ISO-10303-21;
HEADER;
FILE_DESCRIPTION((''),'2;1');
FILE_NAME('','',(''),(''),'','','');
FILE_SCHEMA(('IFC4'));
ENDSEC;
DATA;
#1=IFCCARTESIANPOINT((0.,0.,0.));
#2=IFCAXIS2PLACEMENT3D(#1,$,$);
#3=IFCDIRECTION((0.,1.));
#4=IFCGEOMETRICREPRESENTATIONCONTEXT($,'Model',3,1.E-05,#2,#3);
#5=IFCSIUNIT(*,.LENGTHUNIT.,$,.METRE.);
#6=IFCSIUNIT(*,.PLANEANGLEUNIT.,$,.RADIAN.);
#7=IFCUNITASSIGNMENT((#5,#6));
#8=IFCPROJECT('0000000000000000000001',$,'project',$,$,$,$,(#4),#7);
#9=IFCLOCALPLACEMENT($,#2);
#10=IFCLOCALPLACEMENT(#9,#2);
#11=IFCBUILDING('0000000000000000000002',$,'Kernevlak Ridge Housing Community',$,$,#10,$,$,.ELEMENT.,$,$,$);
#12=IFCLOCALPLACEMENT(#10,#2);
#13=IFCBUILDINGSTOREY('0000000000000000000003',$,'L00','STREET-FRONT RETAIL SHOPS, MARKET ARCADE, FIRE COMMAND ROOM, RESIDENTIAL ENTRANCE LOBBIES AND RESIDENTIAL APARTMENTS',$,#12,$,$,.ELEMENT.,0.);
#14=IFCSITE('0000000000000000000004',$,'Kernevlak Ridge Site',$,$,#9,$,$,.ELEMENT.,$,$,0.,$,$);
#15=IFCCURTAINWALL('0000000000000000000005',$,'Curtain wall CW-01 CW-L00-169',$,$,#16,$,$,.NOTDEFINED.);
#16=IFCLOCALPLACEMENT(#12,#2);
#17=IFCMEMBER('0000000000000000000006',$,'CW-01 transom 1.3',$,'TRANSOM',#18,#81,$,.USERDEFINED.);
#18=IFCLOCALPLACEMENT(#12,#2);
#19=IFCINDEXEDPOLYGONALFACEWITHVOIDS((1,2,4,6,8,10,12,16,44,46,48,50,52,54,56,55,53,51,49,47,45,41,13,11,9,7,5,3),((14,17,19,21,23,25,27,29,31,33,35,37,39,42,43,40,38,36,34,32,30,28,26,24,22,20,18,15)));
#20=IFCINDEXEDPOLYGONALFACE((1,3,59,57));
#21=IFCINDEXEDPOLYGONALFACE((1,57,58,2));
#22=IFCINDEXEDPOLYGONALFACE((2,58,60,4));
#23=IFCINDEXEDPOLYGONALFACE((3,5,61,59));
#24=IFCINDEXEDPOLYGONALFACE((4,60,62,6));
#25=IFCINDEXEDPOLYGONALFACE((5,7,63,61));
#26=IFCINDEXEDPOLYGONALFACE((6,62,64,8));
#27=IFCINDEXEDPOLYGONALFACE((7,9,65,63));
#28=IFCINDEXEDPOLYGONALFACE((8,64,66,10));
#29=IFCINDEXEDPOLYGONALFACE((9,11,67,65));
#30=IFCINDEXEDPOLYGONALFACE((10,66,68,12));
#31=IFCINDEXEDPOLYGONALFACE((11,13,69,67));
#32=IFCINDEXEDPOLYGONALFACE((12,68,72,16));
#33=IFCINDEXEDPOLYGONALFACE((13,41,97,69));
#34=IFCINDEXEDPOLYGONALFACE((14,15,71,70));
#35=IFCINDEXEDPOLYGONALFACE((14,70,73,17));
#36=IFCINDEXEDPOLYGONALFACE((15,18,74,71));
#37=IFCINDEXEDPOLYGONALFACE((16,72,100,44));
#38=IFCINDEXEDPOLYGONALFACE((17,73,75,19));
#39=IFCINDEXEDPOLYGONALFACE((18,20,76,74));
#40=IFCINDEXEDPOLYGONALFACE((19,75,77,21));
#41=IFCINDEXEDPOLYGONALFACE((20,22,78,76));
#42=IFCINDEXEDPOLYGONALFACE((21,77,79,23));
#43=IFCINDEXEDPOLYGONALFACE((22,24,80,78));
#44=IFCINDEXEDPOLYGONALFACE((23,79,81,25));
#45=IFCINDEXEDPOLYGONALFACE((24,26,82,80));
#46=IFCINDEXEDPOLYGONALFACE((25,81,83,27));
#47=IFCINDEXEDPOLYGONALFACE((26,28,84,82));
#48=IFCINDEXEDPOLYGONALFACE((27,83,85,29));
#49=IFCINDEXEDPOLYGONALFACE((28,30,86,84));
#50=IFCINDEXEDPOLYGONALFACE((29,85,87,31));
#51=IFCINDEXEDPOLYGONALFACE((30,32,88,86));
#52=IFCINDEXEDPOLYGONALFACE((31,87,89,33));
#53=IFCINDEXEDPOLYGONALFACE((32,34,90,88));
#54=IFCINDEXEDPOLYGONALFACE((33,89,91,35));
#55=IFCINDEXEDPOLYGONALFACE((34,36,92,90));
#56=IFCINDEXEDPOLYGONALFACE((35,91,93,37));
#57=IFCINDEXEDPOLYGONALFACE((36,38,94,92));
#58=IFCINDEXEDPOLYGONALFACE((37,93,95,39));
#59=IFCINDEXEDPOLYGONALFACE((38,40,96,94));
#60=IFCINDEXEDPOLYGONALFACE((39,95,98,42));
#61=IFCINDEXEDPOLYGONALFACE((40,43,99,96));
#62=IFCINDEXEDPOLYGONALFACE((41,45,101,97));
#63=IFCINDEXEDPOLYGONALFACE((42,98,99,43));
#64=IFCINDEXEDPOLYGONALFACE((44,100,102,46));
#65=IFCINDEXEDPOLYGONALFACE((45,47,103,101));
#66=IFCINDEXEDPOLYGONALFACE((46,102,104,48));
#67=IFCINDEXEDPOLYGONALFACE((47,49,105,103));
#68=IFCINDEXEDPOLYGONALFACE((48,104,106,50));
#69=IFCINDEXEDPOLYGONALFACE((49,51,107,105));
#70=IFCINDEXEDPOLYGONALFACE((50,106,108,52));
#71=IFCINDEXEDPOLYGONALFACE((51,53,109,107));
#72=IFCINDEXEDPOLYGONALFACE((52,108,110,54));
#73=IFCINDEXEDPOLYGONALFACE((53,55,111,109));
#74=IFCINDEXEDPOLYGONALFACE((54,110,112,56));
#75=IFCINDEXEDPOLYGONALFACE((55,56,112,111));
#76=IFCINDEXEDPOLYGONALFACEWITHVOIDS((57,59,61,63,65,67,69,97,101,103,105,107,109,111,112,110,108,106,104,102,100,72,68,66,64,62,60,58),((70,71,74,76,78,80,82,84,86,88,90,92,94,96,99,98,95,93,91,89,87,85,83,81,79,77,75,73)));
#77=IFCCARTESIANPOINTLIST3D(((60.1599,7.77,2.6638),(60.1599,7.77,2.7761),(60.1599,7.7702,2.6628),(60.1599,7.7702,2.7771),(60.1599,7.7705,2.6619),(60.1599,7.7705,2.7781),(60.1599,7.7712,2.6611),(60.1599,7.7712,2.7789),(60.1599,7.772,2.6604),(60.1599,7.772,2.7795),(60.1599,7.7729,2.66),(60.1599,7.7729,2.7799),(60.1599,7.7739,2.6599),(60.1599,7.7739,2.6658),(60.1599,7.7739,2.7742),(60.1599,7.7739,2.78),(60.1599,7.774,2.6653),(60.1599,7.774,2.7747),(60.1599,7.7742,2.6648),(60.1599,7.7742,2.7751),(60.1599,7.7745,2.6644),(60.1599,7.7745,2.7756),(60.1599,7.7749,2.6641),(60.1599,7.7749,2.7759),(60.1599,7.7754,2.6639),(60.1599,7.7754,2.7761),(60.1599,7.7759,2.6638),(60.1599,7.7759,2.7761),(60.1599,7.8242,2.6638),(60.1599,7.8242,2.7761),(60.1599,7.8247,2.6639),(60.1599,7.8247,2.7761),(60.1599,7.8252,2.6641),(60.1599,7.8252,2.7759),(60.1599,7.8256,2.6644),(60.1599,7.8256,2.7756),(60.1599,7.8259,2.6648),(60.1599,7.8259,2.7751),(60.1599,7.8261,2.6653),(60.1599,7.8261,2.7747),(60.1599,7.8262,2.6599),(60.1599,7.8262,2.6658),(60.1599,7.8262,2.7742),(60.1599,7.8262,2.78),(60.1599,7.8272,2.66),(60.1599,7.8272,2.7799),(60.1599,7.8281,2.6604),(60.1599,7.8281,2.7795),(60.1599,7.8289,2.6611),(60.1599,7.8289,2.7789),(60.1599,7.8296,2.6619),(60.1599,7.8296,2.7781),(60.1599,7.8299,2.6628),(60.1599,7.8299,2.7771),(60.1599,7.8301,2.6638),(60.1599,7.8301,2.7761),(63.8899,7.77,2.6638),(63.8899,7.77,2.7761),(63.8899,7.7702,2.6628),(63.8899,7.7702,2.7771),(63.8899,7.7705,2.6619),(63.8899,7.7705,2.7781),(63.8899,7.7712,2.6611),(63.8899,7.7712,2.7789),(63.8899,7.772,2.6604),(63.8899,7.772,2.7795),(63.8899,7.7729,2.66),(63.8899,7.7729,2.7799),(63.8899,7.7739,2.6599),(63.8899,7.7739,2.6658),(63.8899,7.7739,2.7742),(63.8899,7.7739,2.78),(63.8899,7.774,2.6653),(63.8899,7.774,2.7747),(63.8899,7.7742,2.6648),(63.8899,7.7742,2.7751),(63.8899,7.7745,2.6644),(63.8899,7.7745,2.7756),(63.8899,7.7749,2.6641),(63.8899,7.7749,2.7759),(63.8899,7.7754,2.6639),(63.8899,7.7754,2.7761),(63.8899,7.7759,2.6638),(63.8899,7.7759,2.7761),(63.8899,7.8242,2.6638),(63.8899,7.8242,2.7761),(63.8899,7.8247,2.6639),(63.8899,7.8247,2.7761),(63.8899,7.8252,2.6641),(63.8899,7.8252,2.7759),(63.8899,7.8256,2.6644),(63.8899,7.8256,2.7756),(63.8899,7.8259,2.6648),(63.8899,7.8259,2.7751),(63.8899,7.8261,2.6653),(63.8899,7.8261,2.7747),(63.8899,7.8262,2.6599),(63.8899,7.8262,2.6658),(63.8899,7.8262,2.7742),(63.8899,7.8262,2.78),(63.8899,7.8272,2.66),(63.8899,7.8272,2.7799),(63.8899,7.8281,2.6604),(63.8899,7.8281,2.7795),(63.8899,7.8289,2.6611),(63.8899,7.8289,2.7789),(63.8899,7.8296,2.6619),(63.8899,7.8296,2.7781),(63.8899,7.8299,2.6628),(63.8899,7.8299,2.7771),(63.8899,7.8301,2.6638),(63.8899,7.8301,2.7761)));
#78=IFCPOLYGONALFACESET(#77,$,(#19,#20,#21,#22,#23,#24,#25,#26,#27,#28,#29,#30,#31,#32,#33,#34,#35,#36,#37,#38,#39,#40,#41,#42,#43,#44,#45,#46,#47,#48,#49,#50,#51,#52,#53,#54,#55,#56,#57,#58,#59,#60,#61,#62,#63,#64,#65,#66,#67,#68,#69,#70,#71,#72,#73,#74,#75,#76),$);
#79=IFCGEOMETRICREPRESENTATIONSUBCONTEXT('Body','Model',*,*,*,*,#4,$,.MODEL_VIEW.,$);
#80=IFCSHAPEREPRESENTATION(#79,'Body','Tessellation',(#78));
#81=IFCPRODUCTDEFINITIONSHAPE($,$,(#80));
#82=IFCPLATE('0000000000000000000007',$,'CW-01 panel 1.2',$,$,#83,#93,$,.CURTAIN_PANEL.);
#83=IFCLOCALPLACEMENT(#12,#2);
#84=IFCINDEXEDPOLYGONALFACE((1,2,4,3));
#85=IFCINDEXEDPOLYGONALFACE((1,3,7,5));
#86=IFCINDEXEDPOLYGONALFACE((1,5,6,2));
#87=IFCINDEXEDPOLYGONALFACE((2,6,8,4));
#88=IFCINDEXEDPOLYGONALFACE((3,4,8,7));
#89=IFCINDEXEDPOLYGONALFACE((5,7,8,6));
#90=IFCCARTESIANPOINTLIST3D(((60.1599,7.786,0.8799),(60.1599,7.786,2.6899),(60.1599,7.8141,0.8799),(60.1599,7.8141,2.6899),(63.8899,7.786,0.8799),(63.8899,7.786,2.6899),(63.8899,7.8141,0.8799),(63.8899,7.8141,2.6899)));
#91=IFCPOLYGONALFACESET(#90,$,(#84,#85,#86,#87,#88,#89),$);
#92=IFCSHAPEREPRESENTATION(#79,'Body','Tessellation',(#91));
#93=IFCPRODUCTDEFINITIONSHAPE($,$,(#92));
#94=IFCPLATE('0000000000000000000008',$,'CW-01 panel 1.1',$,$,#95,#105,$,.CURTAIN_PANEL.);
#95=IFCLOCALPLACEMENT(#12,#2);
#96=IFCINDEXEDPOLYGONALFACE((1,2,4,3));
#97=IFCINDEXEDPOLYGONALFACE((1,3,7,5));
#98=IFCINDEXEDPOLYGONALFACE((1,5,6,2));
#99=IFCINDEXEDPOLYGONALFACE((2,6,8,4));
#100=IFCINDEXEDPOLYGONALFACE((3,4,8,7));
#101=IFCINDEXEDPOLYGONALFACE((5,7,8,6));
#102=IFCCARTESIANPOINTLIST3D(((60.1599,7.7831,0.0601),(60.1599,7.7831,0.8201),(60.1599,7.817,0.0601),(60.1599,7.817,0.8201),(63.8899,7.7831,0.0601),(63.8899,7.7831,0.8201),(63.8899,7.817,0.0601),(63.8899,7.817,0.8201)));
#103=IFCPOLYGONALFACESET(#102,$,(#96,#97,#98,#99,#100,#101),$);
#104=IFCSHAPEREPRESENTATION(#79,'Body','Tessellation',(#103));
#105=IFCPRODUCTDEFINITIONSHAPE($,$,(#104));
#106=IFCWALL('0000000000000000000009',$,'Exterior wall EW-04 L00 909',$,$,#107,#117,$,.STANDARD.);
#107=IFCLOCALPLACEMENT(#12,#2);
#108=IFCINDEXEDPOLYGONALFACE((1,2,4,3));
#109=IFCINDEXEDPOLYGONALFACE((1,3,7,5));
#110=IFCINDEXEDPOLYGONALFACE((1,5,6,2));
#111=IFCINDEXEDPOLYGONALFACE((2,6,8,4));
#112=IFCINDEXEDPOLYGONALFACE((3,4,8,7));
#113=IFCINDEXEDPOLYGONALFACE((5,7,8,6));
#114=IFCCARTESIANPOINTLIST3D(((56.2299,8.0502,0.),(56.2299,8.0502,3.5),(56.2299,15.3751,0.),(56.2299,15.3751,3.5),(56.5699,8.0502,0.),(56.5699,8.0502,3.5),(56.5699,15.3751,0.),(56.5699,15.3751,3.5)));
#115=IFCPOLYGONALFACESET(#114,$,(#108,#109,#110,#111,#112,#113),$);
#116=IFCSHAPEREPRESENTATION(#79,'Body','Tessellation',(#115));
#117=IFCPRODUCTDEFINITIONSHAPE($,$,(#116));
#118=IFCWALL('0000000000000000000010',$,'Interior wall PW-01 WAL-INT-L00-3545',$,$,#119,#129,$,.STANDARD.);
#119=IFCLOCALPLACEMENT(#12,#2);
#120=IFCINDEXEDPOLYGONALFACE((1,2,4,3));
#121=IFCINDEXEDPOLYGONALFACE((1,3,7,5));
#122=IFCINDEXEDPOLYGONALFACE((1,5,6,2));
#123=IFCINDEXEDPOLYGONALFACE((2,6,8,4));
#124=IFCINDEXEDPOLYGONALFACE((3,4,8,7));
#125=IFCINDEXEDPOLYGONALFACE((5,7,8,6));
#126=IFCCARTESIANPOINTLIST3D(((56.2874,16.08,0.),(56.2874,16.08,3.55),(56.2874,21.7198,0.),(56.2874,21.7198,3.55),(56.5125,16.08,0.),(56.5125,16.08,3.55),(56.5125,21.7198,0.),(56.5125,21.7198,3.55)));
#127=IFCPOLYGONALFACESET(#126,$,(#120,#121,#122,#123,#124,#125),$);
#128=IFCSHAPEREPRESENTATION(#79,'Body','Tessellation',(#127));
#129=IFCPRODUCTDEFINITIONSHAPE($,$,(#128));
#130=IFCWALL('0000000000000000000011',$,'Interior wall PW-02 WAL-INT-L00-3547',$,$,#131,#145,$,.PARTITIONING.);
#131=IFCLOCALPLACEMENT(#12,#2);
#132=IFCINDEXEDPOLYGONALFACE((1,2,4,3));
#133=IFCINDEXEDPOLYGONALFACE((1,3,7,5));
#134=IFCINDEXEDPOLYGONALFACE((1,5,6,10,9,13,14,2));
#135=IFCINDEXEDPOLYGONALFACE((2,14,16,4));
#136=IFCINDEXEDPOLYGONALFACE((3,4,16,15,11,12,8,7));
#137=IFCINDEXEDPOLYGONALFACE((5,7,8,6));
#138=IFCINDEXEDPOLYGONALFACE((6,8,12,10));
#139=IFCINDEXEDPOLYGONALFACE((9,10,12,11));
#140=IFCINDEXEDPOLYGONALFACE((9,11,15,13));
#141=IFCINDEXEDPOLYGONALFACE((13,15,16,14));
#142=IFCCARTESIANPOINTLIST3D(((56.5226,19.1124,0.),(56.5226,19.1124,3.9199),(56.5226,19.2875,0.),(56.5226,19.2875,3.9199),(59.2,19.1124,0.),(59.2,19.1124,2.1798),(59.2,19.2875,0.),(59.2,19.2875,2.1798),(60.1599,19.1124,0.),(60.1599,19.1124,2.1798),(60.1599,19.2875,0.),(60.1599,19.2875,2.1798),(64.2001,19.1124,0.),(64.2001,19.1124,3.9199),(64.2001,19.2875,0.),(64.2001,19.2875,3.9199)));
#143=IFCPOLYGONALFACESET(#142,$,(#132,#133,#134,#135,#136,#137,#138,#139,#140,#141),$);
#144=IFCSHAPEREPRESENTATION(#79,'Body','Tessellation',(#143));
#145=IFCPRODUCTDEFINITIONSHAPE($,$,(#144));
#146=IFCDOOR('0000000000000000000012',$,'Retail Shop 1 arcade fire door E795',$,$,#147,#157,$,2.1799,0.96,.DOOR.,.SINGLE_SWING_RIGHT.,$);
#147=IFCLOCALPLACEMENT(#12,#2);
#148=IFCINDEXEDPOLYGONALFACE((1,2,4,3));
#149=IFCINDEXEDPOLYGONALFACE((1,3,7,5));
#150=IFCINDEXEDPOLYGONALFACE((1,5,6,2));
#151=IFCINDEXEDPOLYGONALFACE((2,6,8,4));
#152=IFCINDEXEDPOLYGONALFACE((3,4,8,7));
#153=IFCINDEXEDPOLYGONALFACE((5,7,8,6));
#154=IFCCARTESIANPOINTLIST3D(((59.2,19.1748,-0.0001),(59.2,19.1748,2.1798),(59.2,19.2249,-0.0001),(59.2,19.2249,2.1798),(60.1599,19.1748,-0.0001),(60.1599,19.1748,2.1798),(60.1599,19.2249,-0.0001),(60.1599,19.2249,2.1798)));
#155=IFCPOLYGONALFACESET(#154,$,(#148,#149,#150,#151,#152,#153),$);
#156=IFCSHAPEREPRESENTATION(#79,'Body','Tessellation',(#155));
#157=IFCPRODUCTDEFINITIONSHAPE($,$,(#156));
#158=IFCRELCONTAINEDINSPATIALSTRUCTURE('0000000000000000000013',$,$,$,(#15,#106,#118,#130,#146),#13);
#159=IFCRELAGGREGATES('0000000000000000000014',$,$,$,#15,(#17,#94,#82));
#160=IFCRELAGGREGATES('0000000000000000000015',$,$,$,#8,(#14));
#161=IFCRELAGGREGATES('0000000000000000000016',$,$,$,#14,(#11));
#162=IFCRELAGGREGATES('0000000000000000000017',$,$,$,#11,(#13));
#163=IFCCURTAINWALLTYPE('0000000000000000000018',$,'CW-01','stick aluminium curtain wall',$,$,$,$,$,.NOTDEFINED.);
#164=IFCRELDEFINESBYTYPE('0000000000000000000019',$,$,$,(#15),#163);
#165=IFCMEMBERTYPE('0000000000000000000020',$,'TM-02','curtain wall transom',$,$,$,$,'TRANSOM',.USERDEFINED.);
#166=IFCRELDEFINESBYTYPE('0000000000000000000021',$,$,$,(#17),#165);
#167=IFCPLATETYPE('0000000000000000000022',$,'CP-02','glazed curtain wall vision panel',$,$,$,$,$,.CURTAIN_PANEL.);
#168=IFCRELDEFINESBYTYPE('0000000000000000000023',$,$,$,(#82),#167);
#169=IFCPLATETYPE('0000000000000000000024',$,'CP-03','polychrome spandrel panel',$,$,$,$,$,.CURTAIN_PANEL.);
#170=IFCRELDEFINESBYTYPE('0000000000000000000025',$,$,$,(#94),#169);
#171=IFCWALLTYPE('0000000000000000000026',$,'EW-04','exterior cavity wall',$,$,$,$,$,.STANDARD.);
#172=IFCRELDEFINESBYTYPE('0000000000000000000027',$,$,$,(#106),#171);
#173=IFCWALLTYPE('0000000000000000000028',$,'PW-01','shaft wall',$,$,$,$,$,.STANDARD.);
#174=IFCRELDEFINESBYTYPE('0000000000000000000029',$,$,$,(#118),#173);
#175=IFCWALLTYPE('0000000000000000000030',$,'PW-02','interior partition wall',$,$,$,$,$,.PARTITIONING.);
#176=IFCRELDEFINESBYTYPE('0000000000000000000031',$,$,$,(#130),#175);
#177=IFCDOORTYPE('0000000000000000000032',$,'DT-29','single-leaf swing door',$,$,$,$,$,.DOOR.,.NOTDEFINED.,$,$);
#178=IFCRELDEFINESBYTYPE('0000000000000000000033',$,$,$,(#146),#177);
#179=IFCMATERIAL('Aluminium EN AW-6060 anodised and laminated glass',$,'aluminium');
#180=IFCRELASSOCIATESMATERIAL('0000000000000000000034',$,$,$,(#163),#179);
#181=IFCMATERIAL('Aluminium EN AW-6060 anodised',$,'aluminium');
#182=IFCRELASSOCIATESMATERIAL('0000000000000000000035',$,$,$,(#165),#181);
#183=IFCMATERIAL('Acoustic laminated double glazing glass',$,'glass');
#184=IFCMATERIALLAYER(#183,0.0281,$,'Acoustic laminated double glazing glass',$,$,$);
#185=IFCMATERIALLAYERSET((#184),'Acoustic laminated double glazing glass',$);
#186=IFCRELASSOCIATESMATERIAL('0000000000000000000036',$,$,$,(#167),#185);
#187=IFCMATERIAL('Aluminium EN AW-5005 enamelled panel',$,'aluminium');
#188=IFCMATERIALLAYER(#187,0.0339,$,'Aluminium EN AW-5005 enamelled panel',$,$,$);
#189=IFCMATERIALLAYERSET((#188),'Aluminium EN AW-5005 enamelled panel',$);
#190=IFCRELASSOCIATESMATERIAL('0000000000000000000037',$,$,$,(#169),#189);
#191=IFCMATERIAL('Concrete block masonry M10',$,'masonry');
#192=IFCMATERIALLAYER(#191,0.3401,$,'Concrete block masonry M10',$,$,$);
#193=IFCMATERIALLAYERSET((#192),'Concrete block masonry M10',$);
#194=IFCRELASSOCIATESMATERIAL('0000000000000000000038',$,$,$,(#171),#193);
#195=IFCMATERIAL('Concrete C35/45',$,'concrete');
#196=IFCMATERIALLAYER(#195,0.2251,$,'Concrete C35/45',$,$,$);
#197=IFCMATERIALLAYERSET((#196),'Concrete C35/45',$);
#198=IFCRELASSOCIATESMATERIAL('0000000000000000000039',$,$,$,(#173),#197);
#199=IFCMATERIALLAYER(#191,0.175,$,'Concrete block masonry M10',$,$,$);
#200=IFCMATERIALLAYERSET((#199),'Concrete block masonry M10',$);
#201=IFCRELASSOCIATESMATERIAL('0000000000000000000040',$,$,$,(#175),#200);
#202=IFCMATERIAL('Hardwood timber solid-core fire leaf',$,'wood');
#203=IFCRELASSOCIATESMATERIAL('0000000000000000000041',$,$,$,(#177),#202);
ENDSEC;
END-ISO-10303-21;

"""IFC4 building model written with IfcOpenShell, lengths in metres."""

from ifc_helpers import new_model, si_unit, direction, frame, frame_2d, origin, origin_2d, place, context, subcontext, project, spatial, rectangle, hollow_rectangle, extrude, material, layer, layer_set, material_profile, profile_set, type_object, element, fill, aggregate, save


model = new_model("IFC4")

# Units and contexts
model_context = context("Model", 3, precision=1e-05, world=origin(), true_north=direction((0.0, 1.0)))
body_context = subcontext(model_context, "Body", "Model", "MODEL_VIEW")
ifc_project = project(units=[si_unit("LENGTHUNIT", "METRE"), si_unit("PLANEANGLEUNIT", "RADIAN")], contexts=[model_context])

# Site, building, storey
site_placement = place(None, origin())
site = spatial("IfcSite", under=ifc_project, at=site_placement, Name="Kernevlak Ridge Site", CompositionType="ELEMENT", RefElevation=0.0)
building_placement = place(site_placement, origin())
building = spatial("IfcBuilding", under=site, at=building_placement, Name="Kernevlak Ridge Housing Community", CompositionType="ELEMENT")
storey_placement = place(building_placement, origin())
storey = spatial("IfcBuildingStorey", under=building, at=storey_placement, Name="L00", Description="STREET-FRONT RETAIL SHOPS, MARKET ARCADE, FIRE COMMAND ROOM, RESIDENTIAL ENTRANCE LOBBIES AND RESIDENTIAL APARTMENTS", CompositionType="ELEMENT", Elevation=0.0)

# Shared definitions
ifc_material_1 = material(Name="Concrete C35/45", Category="concrete")

# Curtain wall
ifc_material_2 = material(Name="Aluminium EN AW-6060 anodised and laminated glass", Category="aluminium")
curtain_wall_type = type_object("IfcCurtainWallType", Name="CW-01", Description="stick aluminium curtain wall", PredefinedType="NOTDEFINED", material=ifc_material_2)
curtain_wall_placement = place(storey_placement, origin())
curtain_wall = element("IfcCurtainWall", 1, at=curtain_wall_placement, inside=storey, type_object=curtain_wall_type, Name="Curtain wall CW-01 CW-L00-169", PredefinedType="NOTDEFINED")
ifc_material_3 = material(Name="Aluminium EN AW-6060 anodised", Category="aluminium")

# Member
ifc_material_profile_1 = material_profile(ifc_material_3, hollow_rectangle(XDim=0.0601, YDim=0.1201, WallThickness=0.0039, InnerFilletRadius=0.002, OuterFilletRadius=0.0039, at=origin_2d()), Name="ALU 60x120x4")
ifc_profile_set_1 = profile_set([ifc_material_profile_1], Name="Aluminium EN AW-6060 anodised")
member_type_1 = type_object("IfcMemberType", Name="TM-02", Description="curtain wall transom", ElementType="TRANSOM", PredefinedType="USERDEFINED", material=ifc_profile_set_1)
member_1_placement = place(storey_placement, frame((60.1599, 7.8, 2.72), z_axis=(1.0, 0.0, 0.0), x_axis=(0.0, 1.0, 0.0)))
member_1 = element("IfcMember", 2, at=member_1_placement, type_object=member_type_1, Name="CW-01 transom 1.3", ObjectType="TRANSOM", PredefinedType="USERDEFINED", context=body_context, shape_type="SweptSolid", body=[
    extrude(hollow_rectangle(XDim=0.0601, YDim=0.1201, WallThickness=0.0039, InnerFilletRadius=0.002, OuterFilletRadius=0.0039, at=origin_2d()), origin(), (0.0, 0.0, 1.0), 3.73),
])

# Plates
ifc_material_4 = material(Name="Acoustic laminated double glazing glass", Category="glass")
ifc_layer_1 = layer(ifc_material_4, 0.0281, Name="Acoustic laminated double glazing glass")
ifc_layer_set_1 = layer_set([ifc_layer_1], Name="Acoustic laminated double glazing glass")
plate_type_1 = type_object("IfcPlateType", Name="CP-02", Description="glazed curtain wall vision panel", PredefinedType="CURTAIN_PANEL", material=ifc_layer_set_1)
plate_1_placement = place(storey_placement, frame((62.0249, 7.8, 0.8799), z_axis=(0.0, 0.0, 1.0), x_axis=(1.0, 0.0, 0.0)))
plate_1 = element("IfcPlate", 3, at=plate_1_placement, type_object=plate_type_1, Name="CW-01 panel 1.2", PredefinedType="CURTAIN_PANEL", context=body_context, shape_type="SweptSolid", body=[
    extrude(rectangle(XDim=3.73, YDim=0.0281, at=origin_2d()), origin(), (0.0, 0.0, 1.0), 1.8101),
])
ifc_material_5 = material(Name="Aluminium EN AW-5005 enamelled panel", Category="aluminium")
ifc_layer_2 = layer(ifc_material_5, 0.0339, Name="Aluminium EN AW-5005 enamelled panel")
ifc_layer_set_2 = layer_set([ifc_layer_2], Name="Aluminium EN AW-5005 enamelled panel")
plate_type_2 = type_object("IfcPlateType", Name="CP-03", Description="polychrome spandrel panel", PredefinedType="CURTAIN_PANEL", material=ifc_layer_set_2)
plate_2_placement = place(storey_placement, frame((62.0249, 7.8, 0.0601), z_axis=(0.0, 0.0, 1.0), x_axis=(1.0, 0.0, 0.0)))
plate_2 = element("IfcPlate", 4, at=plate_2_placement, type_object=plate_type_2, Name="CW-01 panel 1.1", PredefinedType="CURTAIN_PANEL", context=body_context, shape_type="SweptSolid", body=[
    extrude(rectangle(XDim=3.73, YDim=0.0339, at=origin_2d()), origin(), (0.0, 0.0, 1.0), 0.76),
])
aggregate(curtain_wall, [member_1, plate_2, plate_1])

# Shared definitions
ifc_material_6 = material(Name="Concrete block masonry M10", Category="masonry")
ifc_layer_3 = layer(ifc_material_6, 0.3401, Name="Concrete block masonry M10")
ifc_layer_set_3 = layer_set([ifc_layer_3], Name="Concrete block masonry M10")
wall_type_1 = type_object("IfcWallType", Name="EW-04", Description="exterior cavity wall", PredefinedType="STANDARD", material=ifc_layer_set_3)

# Walls
wall_1_placement = place(storey_placement, frame((56.3999, 8.05, 0.0), z_axis=(0.0, 0.0, 1.0), x_axis=(0.0, 1.0, 0.0)))
element("IfcWall", 5, at=wall_1_placement, inside=storey, type_object=wall_type_1, Name="Exterior wall EW-04 L00 909", PredefinedType="STANDARD", context=body_context, shape_type="SweptSolid", body=[
    extrude(rectangle(XDim=7.325, YDim=0.3401, at=frame_2d((3.6626, 0.0))), origin(), (0.0, 0.0, 1.0), 3.5),
])
ifc_layer_4 = layer(ifc_material_1, 0.2251, Name="Concrete C35/45")
ifc_layer_set_4 = layer_set([ifc_layer_4], Name="Concrete C35/45")
wall_type_2 = type_object("IfcWallType", Name="PW-01", Description="shaft wall", PredefinedType="STANDARD", material=ifc_layer_set_4)
wall_2_placement = place(storey_placement, frame((56.3999, 16.0801, 0.0), z_axis=(0.0, 0.0, 1.0), x_axis=(0.0, 1.0, 0.0)))
element("IfcWall", 6, at=wall_2_placement, inside=storey, type_object=wall_type_2, Name="Interior wall PW-01 WAL-INT-L00-3545", PredefinedType="STANDARD", context=body_context, shape_type="SweptSolid", body=[
    extrude(rectangle(XDim=5.6399, YDim=0.2251, at=frame_2d((2.8198, 0.0))), origin(), (0.0, 0.0, 1.0), 3.55),
])

# Wall, opening, door
ifc_layer_5 = layer(ifc_material_6, 0.175, Name="Concrete block masonry M10")
ifc_layer_set_5 = layer_set([ifc_layer_5], Name="Concrete block masonry M10")
wall_type_3 = type_object("IfcWallType", Name="PW-02", Description="interior partition wall", PredefinedType="PARTITIONING", material=ifc_layer_set_5)
wall_3_placement = place(storey_placement, frame((56.5225, 19.2, 0.0), z_axis=(0.0, 0.0, 1.0), x_axis=(1.0, 0.0, 0.0)))
wall_3 = element("IfcWall", 7, at=wall_3_placement, inside=storey, type_object=wall_type_3, Name="Interior wall PW-02 WAL-INT-L00-3547", PredefinedType="PARTITIONING", context=body_context, shape_type="SweptSolid", body=[
    extrude(rectangle(XDim=7.6775, YDim=0.175, at=frame_2d((3.8389, 0.0))), origin(), (0.0, 0.0, 1.0), 3.9199),
])
opening_1_placement = place(wall_3_placement, frame((2.6775, 0.0, 0.0)))
opening_1 = element("IfcOpeningElement", 8, at=opening_1_placement, cuts=wall_3, PredefinedType="OPENING", context=body_context, shape_type="SweptSolid", body=[
    extrude(rectangle(XDim=0.96, YDim=2.1799, at=frame_2d((0.48, 1.0898))), frame((0.0, 0.0974, 0.0), z_axis=(0.0, -1.0, 0.0), x_axis=(1.0, 0.0, 0.0)), (0.0, 0.0, 1.0), 0.1951),
])
ifc_material_7 = material(Name="Hardwood timber solid-core fire leaf", Category="wood")
door_type_1 = type_object("IfcDoorType", Name="DT-29", Description="single-leaf swing door", OperationType="NOTDEFINED", PredefinedType="DOOR", material=ifc_material_7)
door_1_placement = place(opening_1_placement, origin())
door_1 = element("IfcDoor", 9, at=door_1_placement, inside=storey, type_object=door_type_1, Name="Retail Shop 1 arcade fire door E795", OperationType="SINGLE_SWING_RIGHT", OverallHeight=2.1799, OverallWidth=0.96, PredefinedType="DOOR", context=body_context, shape_type="SweptSolid", body=[
    extrude(rectangle(XDim=0.96, YDim=2.1799, at=frame_2d((0.48, 1.0898))), frame((0.0, 0.0249, 0.0), z_axis=(0.0, -1.0, 0.0), x_axis=(1.0, 0.0, 0.0)), (0.0, 0.0, 1.0), 0.05),
])
fill(opening_1, door_1)

save(model, "model.ifc")
